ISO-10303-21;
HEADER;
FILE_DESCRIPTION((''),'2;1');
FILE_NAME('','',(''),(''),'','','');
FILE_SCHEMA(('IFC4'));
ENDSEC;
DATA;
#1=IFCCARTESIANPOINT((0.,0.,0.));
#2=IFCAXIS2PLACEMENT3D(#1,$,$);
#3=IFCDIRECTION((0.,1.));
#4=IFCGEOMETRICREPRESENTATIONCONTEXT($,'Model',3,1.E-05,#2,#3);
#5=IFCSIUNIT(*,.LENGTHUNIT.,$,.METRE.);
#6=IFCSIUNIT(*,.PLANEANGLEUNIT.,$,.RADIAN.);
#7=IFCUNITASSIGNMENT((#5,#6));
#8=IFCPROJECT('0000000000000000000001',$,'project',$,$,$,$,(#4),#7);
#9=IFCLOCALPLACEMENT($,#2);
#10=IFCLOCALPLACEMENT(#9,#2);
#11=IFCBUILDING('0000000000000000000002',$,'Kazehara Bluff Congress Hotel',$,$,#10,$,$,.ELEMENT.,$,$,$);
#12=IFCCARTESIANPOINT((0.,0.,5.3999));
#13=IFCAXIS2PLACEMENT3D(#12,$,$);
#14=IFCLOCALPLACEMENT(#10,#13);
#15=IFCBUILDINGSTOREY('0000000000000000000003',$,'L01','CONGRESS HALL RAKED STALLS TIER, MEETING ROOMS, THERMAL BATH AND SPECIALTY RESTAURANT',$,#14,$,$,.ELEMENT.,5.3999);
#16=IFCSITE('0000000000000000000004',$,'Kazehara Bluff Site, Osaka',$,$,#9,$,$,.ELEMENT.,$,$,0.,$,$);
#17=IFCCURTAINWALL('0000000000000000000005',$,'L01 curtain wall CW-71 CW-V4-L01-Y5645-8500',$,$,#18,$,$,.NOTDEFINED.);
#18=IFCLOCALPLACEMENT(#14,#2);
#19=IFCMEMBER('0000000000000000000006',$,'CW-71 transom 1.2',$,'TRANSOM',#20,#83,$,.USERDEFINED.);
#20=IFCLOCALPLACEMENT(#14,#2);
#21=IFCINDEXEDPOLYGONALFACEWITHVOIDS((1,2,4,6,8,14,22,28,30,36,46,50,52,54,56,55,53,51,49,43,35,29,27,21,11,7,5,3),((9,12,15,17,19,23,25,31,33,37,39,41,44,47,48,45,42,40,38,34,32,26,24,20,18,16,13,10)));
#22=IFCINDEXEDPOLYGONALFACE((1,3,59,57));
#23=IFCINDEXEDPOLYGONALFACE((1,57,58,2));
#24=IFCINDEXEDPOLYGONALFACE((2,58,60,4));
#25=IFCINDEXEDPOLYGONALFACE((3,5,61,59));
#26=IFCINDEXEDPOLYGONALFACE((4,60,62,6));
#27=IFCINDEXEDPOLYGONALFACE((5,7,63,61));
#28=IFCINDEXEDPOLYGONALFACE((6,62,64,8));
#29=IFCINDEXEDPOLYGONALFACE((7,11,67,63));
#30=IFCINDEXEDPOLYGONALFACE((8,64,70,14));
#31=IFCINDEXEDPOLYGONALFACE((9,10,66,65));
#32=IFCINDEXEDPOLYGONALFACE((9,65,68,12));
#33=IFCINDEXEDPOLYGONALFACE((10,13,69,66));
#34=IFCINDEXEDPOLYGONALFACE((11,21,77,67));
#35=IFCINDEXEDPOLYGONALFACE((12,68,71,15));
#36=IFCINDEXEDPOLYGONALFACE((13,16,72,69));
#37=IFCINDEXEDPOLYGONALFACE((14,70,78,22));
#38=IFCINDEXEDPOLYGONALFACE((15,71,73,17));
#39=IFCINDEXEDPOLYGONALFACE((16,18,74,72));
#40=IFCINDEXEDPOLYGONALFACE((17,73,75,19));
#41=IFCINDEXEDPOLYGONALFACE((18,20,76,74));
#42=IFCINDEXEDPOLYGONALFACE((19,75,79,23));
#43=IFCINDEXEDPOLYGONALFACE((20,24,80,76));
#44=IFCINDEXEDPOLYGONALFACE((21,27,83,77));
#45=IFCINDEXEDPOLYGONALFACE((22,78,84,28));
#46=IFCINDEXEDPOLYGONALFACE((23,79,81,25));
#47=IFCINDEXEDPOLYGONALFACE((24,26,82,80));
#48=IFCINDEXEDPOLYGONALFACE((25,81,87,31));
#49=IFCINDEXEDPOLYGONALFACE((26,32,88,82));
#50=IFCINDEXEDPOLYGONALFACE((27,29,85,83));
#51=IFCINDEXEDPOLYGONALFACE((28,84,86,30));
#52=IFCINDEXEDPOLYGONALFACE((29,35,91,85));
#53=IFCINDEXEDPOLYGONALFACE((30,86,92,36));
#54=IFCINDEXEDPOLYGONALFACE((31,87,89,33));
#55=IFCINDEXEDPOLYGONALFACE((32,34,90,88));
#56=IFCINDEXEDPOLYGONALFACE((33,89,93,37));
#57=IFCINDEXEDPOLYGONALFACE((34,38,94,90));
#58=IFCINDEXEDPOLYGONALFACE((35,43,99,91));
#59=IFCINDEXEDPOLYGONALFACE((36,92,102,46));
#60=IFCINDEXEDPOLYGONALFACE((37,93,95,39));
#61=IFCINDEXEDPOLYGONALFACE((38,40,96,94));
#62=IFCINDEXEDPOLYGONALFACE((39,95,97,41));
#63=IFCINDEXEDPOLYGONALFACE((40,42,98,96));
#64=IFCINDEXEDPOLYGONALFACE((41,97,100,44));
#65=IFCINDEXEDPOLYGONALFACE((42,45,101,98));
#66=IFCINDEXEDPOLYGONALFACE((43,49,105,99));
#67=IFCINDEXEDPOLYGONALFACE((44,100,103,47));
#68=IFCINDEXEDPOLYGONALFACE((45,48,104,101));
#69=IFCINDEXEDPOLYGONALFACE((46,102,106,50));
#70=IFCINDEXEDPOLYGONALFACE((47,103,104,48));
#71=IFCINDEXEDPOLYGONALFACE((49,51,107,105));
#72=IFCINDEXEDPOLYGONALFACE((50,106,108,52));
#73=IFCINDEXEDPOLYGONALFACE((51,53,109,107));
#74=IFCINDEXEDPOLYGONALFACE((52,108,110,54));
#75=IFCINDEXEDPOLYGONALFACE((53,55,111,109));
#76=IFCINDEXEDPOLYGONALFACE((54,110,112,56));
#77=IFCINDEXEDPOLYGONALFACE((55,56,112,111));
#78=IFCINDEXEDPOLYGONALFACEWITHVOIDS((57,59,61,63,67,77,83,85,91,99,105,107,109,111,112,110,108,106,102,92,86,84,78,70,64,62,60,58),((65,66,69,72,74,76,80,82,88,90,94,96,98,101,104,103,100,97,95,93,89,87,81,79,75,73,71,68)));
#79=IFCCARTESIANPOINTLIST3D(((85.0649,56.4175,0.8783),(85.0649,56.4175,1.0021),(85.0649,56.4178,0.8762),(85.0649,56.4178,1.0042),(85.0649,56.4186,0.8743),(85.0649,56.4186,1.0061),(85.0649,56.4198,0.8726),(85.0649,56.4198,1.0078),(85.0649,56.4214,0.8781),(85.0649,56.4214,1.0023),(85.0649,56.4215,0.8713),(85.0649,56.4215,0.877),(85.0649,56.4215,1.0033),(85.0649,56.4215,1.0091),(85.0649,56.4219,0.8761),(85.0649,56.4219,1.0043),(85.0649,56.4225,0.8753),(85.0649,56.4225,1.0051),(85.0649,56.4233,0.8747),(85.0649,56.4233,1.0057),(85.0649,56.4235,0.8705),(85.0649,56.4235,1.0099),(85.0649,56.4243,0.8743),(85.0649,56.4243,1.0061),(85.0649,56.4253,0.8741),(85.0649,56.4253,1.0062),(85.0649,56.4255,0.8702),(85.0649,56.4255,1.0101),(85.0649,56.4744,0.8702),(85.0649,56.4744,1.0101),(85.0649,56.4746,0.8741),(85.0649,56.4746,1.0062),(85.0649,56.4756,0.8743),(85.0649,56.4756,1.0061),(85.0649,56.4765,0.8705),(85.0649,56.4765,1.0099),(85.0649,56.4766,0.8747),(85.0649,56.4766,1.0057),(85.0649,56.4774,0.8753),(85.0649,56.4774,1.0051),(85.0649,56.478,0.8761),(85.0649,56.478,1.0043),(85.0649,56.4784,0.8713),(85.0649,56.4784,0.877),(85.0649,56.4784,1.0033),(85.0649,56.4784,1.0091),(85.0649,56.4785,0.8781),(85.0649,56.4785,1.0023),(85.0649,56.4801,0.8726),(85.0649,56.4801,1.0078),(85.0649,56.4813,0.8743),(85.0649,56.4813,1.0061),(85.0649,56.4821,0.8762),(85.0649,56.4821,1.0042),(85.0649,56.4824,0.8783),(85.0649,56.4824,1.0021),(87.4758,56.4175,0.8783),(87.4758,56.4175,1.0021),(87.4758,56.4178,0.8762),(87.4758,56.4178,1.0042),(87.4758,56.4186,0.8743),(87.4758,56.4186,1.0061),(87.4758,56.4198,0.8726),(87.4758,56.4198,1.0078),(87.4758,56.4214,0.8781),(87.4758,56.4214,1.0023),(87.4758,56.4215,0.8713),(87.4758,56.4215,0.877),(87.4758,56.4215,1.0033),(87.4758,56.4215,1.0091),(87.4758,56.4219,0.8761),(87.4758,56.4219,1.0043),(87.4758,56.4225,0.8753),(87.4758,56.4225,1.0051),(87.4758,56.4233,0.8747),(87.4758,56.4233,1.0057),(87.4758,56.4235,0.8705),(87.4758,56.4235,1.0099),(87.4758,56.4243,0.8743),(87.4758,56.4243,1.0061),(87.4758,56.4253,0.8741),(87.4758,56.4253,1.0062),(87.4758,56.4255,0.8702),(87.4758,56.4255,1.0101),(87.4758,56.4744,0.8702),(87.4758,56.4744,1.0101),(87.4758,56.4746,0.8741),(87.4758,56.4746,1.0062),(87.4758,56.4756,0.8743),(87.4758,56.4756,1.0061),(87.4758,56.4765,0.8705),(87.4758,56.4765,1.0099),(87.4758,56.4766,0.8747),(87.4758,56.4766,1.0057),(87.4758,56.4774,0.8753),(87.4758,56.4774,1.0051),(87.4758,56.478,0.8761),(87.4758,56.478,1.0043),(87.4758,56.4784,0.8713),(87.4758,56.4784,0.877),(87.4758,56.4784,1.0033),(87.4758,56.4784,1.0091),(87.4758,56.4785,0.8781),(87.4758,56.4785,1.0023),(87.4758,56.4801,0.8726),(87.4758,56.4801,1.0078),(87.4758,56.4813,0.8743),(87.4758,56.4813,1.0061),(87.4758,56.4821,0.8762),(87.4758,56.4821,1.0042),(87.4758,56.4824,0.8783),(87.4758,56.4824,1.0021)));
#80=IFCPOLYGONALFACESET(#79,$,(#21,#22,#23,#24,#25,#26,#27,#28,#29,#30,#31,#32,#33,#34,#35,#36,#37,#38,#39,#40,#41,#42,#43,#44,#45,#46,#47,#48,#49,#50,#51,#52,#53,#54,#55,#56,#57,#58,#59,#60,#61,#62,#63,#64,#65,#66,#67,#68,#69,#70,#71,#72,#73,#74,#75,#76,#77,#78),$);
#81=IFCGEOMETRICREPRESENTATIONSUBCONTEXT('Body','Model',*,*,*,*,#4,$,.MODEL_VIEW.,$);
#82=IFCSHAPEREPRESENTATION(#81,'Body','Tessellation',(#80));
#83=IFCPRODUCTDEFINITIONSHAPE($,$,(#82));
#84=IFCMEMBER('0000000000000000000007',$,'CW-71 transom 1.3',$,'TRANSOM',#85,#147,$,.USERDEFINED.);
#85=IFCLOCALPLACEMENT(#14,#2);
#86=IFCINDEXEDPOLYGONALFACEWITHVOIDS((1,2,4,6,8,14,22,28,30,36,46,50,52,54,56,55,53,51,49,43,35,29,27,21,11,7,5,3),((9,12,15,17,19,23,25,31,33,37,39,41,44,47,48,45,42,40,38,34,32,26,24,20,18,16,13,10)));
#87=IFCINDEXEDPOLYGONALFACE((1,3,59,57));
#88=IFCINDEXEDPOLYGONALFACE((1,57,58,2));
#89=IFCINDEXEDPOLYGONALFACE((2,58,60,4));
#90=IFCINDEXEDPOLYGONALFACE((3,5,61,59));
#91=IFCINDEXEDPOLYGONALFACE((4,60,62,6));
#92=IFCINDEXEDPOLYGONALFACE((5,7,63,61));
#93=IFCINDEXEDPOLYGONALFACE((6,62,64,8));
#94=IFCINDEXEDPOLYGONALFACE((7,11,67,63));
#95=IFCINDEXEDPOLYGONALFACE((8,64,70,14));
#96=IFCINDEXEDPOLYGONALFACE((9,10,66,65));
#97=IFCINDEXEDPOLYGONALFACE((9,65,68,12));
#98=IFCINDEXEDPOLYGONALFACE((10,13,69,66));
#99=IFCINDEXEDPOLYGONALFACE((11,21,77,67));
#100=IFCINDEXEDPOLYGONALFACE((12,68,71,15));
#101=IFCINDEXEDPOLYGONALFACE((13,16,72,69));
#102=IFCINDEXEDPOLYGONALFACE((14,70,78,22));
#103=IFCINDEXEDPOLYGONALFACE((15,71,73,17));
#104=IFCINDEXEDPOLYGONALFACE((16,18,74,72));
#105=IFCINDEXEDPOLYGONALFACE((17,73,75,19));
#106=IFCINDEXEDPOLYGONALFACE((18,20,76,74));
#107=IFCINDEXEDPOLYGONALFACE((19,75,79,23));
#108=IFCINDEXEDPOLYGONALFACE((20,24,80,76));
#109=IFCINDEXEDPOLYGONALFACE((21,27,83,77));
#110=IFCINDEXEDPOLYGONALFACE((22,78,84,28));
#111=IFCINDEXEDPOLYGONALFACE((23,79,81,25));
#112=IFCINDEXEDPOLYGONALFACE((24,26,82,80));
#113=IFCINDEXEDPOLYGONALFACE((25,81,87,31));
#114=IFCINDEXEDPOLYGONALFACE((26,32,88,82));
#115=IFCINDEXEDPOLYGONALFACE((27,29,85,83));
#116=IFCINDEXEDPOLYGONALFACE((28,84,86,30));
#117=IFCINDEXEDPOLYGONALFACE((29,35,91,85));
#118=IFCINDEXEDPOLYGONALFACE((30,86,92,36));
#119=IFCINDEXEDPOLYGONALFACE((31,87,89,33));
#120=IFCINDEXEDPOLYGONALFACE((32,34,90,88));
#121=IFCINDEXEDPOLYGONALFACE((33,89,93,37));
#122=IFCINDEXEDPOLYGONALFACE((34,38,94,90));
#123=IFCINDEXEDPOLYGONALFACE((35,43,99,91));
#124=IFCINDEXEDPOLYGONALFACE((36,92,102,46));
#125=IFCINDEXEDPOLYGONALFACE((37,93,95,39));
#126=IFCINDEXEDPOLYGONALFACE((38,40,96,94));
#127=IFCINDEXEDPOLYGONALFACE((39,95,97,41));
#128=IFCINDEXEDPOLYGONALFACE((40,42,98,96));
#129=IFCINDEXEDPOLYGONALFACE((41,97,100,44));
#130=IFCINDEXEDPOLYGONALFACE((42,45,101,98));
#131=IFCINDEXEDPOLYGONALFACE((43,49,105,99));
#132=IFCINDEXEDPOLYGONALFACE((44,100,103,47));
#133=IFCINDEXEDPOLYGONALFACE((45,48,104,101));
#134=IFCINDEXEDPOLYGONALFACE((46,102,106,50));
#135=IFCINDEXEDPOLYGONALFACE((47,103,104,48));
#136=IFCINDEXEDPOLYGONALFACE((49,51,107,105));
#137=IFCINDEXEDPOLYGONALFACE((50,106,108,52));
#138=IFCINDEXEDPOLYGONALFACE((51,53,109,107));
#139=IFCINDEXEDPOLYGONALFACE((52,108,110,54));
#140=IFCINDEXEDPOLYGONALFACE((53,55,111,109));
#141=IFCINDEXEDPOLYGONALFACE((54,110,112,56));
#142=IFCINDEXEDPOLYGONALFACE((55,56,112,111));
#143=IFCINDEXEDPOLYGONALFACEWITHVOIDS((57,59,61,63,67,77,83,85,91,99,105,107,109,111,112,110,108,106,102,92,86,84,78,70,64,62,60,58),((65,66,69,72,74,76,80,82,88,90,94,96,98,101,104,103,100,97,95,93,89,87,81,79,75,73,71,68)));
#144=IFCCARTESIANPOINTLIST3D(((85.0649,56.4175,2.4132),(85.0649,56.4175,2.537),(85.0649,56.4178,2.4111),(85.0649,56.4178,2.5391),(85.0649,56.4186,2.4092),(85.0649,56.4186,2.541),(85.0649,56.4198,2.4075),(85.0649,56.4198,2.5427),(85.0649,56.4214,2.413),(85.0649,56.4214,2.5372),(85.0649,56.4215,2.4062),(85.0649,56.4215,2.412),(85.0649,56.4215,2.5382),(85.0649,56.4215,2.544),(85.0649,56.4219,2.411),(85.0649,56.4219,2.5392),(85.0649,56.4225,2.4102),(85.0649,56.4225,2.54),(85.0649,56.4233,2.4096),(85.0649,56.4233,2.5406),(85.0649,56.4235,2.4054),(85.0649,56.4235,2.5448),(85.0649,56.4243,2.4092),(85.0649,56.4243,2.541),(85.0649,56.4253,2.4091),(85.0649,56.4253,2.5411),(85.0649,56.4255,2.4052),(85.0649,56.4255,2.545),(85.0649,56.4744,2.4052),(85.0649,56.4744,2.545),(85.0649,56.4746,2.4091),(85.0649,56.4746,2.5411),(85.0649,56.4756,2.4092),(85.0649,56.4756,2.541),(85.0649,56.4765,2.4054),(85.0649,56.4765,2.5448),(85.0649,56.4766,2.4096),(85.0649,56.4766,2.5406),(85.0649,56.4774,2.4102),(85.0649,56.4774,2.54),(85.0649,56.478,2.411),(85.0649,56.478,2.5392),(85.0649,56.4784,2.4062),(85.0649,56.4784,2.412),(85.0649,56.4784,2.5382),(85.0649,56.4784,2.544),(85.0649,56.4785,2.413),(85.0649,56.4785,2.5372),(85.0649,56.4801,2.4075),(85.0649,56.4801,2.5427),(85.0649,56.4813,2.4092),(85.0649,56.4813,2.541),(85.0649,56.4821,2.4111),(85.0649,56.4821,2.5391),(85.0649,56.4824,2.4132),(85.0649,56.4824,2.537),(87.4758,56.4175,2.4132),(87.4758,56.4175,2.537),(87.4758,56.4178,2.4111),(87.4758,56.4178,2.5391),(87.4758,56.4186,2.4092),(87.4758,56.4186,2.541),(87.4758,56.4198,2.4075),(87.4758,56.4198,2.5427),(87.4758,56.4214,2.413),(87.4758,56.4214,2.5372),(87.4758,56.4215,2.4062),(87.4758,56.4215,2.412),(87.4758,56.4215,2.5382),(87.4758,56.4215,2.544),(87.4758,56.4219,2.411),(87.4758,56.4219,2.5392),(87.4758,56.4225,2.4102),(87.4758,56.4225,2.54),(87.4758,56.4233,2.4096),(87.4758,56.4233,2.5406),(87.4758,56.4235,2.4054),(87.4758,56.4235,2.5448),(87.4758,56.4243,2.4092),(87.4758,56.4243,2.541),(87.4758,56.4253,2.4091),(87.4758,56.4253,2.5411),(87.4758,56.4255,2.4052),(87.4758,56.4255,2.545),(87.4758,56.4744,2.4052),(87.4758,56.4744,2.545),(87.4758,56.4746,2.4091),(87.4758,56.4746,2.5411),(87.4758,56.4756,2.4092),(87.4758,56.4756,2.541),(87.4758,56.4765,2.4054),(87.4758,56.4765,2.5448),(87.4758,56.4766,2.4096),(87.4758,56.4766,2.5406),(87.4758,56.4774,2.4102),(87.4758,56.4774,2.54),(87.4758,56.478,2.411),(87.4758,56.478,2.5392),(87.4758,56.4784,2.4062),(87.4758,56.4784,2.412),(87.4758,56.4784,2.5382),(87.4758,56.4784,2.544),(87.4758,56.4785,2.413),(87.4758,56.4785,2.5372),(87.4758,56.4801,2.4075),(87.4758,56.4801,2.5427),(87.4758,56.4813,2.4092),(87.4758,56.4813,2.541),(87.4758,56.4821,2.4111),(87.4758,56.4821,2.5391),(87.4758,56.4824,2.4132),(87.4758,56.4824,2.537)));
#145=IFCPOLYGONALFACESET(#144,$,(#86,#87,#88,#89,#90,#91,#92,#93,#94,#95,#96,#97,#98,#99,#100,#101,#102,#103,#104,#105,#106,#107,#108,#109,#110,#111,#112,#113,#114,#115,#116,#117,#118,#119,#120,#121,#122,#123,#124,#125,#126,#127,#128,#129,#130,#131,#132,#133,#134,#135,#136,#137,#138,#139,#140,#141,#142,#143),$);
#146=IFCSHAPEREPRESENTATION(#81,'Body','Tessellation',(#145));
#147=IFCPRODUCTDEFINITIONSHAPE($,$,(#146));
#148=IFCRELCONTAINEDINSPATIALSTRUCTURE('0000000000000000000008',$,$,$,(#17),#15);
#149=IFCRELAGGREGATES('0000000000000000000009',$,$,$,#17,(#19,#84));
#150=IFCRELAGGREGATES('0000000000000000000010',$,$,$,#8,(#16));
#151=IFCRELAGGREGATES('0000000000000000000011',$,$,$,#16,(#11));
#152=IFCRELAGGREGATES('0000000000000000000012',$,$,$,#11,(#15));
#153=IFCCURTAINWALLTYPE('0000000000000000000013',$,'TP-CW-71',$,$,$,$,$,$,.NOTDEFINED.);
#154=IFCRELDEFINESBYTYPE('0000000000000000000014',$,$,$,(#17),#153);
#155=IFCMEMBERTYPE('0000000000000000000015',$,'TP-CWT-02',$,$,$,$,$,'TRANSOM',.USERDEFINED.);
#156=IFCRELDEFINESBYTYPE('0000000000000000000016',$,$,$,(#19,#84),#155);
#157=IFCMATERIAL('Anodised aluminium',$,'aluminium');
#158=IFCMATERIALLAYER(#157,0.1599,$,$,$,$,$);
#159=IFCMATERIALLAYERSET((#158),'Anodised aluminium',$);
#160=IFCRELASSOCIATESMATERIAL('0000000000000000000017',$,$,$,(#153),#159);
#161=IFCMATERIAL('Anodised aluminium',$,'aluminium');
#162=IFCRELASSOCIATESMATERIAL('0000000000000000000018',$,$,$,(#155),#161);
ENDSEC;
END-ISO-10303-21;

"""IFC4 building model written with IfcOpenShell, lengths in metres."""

from ifc_helpers import new_model, si_unit, direction, frame, origin, origin_2d, place, context, subcontext, project, spatial, hollow_rectangle, extrude, material, layer, layer_set, material_profile, profile_set, type_object, element, aggregate, save


model = new_model("IFC4")

# Units and contexts
model_context = context("Model", 3, precision=1e-05, world=origin(), true_north=direction((0.0, 1.0)))
body_context = subcontext(model_context, "Body", "Model", "MODEL_VIEW")
ifc_project = project(units=[si_unit("LENGTHUNIT", "METRE"), si_unit("PLANEANGLEUNIT", "RADIAN")], contexts=[model_context])

# Site, building, storey
site_placement = place(None, origin())
site = spatial("IfcSite", under=ifc_project, at=site_placement, Name="Kazehara Bluff Site, Osaka", CompositionType="ELEMENT", RefElevation=0.0)
building_placement = place(site_placement, origin())
building = spatial("IfcBuilding", under=site, at=building_placement, Name="Kazehara Bluff Congress Hotel", CompositionType="ELEMENT")
storey_placement = place(building_placement, frame((0.0, 0.0, 5.3999)))
storey = spatial("IfcBuildingStorey", under=building, at=storey_placement, Name="L01", Description="CONGRESS HALL RAKED STALLS TIER, MEETING ROOMS, THERMAL BATH AND SPECIALTY RESTAURANT", CompositionType="ELEMENT", Elevation=5.3999)

# Curtain wall, members
ifc_material_1 = material(Name="Anodised aluminium", Category="aluminium")
ifc_layer_1 = layer(ifc_material_1, 0.1599)
ifc_layer_set_1 = layer_set([ifc_layer_1], Name="Anodised aluminium")
curtain_wall_type = type_object("IfcCurtainWallType", Name="TP-CW-71", PredefinedType="NOTDEFINED", material=ifc_layer_set_1)
curtain_wall_placement = place(storey_placement, origin())
curtain_wall = element("IfcCurtainWall", 1, at=curtain_wall_placement, inside=storey, type_object=curtain_wall_type, Name="L01 curtain wall CW-71 CW-V4-L01-Y5645-8500", PredefinedType="NOTDEFINED")
ifc_material_2 = material(Name="Anodised aluminium", Category="aluminium")
ifc_material_profile_1 = material_profile(ifc_material_2, hollow_rectangle(XDim=0.0649, YDim=0.1399, WallThickness=0.0039, InnerFilletRadius=0.0039, OuterFilletRadius=0.0081, at=origin_2d()))
ifc_profile_set_1 = profile_set([ifc_material_profile_1], Name="Anodised aluminium")
member_type_1 = type_object("IfcMemberType", Name="TP-CWT-02", ElementType="TRANSOM", PredefinedType="USERDEFINED", material=ifc_profile_set_1)
member_1_placement = place(storey_placement, frame((85.0649, 56.45, 0.9402), z_axis=(1.0, 0.0, 0.0), x_axis=(0.0, 1.0, 0.0)))
member_1 = element("IfcMember", 2, at=member_1_placement, type_object=member_type_1, Name="CW-71 transom 1.2", ObjectType="TRANSOM", PredefinedType="USERDEFINED", context=body_context, shape_type="SweptSolid", body=[
    extrude(hollow_rectangle(XDim=0.0649, YDim=0.1399, WallThickness=0.0039, InnerFilletRadius=0.0039, OuterFilletRadius=0.0081, at=origin_2d()), origin(), (0.0, 0.0, 1.0), 2.4109),
])
member_2_placement = place(storey_placement, frame((85.0649, 56.45, 2.4751), z_axis=(1.0, 0.0, 0.0), x_axis=(0.0, 1.0, 0.0)))
member_2 = element("IfcMember", 3, at=member_2_placement, type_object=member_type_1, Name="CW-71 transom 1.3", ObjectType="TRANSOM", PredefinedType="USERDEFINED", context=body_context, shape_type="SweptSolid", body=[
    extrude(hollow_rectangle(XDim=0.0649, YDim=0.1399, WallThickness=0.0039, InnerFilletRadius=0.0039, OuterFilletRadius=0.0081, at=origin_2d()), origin(), (0.0, 0.0, 1.0), 2.4109),
])

aggregate(curtain_wall, [member_1, member_2])

save(model, "model.ifc")
